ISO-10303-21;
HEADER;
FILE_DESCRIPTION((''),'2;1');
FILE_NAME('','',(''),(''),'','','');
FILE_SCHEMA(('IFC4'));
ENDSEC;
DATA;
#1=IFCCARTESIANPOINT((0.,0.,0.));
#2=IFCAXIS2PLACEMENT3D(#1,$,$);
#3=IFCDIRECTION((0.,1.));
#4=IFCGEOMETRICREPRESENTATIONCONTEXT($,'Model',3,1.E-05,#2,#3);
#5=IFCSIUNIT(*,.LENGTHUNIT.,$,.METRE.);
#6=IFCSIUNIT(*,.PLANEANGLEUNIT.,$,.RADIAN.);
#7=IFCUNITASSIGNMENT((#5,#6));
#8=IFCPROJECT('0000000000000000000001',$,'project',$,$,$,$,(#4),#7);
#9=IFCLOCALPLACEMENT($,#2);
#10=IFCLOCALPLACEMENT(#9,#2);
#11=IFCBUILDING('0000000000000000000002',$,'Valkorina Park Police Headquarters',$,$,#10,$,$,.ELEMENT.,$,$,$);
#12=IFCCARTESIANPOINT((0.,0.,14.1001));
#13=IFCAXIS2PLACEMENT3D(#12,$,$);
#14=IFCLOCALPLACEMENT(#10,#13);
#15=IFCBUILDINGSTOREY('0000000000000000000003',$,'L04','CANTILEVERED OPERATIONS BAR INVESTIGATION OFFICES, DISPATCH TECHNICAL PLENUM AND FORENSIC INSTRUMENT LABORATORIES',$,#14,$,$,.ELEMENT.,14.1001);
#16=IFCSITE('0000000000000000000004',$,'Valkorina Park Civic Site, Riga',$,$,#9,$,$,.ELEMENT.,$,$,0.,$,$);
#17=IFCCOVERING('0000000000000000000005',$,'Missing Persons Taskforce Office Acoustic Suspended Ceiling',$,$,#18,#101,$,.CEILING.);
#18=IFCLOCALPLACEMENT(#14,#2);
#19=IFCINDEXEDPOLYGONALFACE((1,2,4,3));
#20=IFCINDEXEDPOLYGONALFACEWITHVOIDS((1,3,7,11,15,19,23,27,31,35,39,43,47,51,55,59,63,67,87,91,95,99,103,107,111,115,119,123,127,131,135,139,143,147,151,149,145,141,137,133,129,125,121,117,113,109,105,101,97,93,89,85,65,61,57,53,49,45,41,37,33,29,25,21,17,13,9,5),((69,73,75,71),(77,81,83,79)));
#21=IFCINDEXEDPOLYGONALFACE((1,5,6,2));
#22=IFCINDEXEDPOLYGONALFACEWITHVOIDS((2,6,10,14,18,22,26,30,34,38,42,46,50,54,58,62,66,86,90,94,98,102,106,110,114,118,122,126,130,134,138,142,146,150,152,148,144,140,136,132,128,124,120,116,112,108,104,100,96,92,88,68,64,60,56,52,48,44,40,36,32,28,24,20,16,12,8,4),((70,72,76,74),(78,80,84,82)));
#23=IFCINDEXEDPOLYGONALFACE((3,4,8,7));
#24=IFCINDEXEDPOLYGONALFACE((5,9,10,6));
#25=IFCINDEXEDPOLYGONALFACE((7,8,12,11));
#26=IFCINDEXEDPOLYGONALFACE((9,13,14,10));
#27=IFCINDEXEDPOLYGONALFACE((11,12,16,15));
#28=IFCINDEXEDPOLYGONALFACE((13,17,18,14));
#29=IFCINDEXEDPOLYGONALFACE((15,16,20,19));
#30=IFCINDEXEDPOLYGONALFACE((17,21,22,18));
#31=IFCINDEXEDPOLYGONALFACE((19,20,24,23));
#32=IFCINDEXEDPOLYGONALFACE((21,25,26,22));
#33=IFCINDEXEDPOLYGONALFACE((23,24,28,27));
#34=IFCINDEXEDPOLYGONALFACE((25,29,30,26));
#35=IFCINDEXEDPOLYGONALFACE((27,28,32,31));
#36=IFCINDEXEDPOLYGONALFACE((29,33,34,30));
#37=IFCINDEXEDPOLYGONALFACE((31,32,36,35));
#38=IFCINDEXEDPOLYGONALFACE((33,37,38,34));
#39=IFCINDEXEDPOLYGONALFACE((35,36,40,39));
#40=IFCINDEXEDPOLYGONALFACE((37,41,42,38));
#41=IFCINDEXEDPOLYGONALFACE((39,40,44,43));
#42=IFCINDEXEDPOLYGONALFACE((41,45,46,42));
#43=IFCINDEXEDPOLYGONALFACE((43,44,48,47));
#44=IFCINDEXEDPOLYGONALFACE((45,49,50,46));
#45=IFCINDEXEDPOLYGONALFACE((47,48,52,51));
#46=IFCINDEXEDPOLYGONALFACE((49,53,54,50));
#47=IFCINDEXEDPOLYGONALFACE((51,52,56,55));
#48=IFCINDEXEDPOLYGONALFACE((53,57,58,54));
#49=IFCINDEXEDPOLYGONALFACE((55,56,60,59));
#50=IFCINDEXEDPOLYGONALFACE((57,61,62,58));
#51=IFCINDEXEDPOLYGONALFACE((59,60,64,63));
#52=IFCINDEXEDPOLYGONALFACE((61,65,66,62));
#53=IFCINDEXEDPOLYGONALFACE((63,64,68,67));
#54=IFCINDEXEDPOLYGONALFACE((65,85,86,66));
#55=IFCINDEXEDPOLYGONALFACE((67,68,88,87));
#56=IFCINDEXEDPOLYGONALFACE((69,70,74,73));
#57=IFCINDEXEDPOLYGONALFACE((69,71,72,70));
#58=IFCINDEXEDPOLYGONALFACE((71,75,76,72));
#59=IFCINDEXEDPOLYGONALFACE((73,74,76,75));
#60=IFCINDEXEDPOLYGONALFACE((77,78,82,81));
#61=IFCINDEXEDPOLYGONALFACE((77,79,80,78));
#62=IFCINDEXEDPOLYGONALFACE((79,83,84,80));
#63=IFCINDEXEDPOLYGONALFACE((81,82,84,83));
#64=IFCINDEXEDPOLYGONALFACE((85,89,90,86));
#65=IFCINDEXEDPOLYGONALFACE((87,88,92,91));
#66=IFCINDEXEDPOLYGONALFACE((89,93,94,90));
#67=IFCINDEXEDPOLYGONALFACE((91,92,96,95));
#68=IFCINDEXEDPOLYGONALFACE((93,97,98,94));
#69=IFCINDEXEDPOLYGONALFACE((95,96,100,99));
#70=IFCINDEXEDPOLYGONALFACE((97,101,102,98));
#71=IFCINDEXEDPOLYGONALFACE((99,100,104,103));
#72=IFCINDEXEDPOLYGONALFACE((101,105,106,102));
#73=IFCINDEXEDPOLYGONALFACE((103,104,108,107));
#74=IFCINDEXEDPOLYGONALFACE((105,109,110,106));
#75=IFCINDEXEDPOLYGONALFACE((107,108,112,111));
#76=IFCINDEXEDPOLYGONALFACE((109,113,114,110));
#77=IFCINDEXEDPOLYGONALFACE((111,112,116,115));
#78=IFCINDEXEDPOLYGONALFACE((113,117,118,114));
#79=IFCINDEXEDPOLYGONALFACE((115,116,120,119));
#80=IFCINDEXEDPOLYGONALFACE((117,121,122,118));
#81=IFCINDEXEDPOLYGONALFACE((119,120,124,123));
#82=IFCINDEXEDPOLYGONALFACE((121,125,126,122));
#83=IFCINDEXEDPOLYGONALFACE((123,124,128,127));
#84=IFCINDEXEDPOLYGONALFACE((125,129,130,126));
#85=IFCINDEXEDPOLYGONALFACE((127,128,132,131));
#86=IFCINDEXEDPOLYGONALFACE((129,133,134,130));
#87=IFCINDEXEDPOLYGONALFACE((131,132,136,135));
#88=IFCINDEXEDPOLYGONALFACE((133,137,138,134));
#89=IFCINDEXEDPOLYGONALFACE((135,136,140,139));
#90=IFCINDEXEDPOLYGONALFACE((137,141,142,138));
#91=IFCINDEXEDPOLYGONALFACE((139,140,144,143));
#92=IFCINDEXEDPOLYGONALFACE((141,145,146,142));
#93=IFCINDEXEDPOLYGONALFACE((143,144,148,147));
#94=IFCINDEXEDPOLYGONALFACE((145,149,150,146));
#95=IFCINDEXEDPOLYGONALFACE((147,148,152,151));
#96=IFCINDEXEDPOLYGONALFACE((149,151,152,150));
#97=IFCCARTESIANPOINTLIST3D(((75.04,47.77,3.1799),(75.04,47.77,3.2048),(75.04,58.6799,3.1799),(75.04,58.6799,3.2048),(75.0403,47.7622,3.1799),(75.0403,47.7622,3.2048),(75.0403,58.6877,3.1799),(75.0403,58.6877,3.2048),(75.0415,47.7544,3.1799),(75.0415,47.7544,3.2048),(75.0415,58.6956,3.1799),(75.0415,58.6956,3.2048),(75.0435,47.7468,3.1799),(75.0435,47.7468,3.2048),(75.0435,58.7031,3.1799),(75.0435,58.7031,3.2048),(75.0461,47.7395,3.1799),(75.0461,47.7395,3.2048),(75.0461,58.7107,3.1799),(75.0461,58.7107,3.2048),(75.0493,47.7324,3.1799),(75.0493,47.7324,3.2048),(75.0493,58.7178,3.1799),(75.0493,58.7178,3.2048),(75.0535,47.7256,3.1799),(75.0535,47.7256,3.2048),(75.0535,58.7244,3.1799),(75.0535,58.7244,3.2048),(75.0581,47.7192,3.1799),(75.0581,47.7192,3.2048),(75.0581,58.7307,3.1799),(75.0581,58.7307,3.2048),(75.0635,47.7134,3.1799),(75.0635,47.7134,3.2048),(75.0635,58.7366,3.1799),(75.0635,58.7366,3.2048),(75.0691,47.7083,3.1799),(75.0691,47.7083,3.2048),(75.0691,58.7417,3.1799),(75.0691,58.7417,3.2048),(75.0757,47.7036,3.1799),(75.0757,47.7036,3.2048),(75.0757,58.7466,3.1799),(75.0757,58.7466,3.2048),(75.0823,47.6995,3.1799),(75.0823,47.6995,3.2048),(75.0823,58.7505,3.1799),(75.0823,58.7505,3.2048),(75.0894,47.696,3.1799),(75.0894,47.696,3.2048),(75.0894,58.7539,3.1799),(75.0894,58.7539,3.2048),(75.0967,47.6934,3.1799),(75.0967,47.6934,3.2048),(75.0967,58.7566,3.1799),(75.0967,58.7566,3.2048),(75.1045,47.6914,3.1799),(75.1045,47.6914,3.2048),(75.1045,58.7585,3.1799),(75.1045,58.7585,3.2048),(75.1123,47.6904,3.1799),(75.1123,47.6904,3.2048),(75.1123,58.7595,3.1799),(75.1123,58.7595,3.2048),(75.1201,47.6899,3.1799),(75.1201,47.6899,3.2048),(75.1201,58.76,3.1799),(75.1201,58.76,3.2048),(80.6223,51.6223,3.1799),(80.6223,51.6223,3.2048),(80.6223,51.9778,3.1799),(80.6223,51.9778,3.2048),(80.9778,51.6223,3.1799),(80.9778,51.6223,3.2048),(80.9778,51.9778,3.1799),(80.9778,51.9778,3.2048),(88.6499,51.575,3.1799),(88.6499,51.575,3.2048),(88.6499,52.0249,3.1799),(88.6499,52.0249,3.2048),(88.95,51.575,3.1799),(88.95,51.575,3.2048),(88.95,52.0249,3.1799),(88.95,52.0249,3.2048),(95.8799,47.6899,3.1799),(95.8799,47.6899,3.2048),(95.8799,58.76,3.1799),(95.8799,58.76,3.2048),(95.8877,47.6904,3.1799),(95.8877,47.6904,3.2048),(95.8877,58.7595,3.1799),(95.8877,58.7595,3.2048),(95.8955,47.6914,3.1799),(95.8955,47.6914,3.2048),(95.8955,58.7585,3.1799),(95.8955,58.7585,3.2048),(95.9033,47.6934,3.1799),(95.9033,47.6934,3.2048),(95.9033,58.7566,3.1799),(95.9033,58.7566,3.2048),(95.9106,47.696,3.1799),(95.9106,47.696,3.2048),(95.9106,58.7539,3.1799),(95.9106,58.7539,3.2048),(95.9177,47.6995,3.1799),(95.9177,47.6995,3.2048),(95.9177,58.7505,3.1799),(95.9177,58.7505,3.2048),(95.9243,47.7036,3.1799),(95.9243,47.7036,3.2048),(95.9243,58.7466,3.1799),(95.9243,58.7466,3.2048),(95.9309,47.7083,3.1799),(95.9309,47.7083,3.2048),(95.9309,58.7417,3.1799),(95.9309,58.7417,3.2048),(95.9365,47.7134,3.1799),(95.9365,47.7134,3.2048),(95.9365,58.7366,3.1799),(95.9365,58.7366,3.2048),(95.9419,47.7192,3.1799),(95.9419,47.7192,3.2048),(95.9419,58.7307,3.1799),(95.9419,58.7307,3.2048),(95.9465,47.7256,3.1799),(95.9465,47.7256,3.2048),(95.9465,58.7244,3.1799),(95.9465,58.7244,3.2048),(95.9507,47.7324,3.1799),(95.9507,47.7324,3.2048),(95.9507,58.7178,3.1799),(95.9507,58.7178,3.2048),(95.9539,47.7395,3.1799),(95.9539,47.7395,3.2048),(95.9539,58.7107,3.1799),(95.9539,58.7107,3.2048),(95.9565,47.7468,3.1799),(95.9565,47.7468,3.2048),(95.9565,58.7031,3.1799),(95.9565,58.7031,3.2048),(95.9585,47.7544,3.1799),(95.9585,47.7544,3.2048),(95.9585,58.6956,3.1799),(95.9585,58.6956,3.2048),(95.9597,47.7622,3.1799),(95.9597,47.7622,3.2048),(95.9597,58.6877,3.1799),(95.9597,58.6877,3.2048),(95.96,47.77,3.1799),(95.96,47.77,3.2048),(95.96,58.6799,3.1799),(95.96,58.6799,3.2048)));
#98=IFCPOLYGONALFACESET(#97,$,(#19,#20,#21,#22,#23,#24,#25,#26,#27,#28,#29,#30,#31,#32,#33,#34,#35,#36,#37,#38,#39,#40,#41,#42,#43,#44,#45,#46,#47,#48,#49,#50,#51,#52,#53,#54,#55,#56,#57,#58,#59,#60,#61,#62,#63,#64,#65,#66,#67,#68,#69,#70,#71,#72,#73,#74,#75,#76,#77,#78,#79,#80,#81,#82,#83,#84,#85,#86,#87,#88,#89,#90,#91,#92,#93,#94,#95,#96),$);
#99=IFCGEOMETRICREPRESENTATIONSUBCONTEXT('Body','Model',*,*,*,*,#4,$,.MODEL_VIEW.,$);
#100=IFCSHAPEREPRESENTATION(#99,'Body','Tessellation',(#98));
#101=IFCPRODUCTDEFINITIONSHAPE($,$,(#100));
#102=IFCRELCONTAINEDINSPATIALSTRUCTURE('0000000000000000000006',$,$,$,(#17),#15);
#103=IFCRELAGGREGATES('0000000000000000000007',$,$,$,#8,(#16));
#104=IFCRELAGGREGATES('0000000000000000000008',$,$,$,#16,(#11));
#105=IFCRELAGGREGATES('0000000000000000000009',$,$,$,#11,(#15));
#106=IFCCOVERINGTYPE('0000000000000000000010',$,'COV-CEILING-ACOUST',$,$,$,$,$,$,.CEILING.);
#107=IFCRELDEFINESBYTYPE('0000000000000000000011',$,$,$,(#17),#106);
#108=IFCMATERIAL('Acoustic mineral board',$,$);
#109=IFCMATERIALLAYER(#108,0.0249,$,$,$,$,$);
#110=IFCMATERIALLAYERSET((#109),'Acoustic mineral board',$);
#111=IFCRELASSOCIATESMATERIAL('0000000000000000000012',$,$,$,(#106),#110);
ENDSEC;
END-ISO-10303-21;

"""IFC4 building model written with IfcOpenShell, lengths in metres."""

from ifc_helpers import new_model, si_unit, direction, frame, origin, place, context, subcontext, project, spatial, polyline, outline, extrude, material, layer, layer_set, type_object, element, save


model = new_model("IFC4")

# Units and contexts
model_context = context("Model", 3, precision=1e-05, world=origin(), true_north=direction((0.0, 1.0)))
body_context = subcontext(model_context, "Body", "Model", "MODEL_VIEW")
ifc_project = project(units=[si_unit("LENGTHUNIT", "METRE"), si_unit("PLANEANGLEUNIT", "RADIAN")], contexts=[model_context])

# Site, building, storey
site_placement = place(None, origin())
site = spatial("IfcSite", under=ifc_project, at=site_placement, Name="Valkorina Park Civic Site, Riga", CompositionType="ELEMENT", RefElevation=0.0)
building_placement = place(site_placement, origin())
building = spatial("IfcBuilding", under=site, at=building_placement, Name="Valkorina Park Police Headquarters", CompositionType="ELEMENT")
storey_placement = place(building_placement, frame((0.0, 0.0, 14.1001)))
storey = spatial("IfcBuildingStorey", under=building, at=storey_placement, Name="L04", Description="CANTILEVERED OPERATIONS BAR INVESTIGATION OFFICES, DISPATCH TECHNICAL PLENUM AND FORENSIC INSTRUMENT LABORATORIES", CompositionType="ELEMENT", Elevation=14.1001)

# Covering
ifc_material_1 = material(Name="Acoustic mineral board")
ifc_layer_1 = layer(ifc_material_1, 0.0249)
ifc_layer_set_1 = layer_set([ifc_layer_1], Name="Acoustic mineral board")
covering_type_1 = type_object("IfcCoveringType", Name="COV-CEILING-ACOUST", PredefinedType="CEILING", material=ifc_layer_set_1)
covering_1_placement = place(storey_placement, frame((0.0, 0.0, 3.1799)))
element("IfcCovering", 1, at=covering_1_placement, inside=storey, type_object=covering_type_1, Name="Missing Persons Taskforce Office Acoustic Suspended Ceiling", PredefinedType="CEILING", context=body_context, shape_type="SweptSolid", body=[
    extrude(outline(polyline([(95.9585, 47.7544), (95.9597, 47.7622), (95.96, 47.77), (95.96, 58.6799), (95.9597, 58.6877), (95.9585, 58.6956), (95.9565, 58.7031), (95.9539, 58.7107), (95.9507, 58.7178), (95.9465, 58.7244), (95.9419, 58.7307), (95.9365, 58.7366), (95.9309, 58.7417), (95.9243, 58.7466), (95.9177, 58.7505), (95.9106, 58.7539), (95.9033, 58.7566), (95.8955, 58.7585), (95.8877, 58.7595), (95.8799, 58.76), (75.1201, 58.76), (75.1123, 58.7595), (75.1045, 58.7585), (75.0967, 58.7566), (75.0894, 58.7539), (75.0823, 58.7505), (75.0757, 58.7466), (75.0691, 58.7417), (75.0635, 58.7366), (75.0581, 58.7307), (75.0535, 58.7244), (75.0493, 58.7178), (75.0461, 58.7107), (75.0435, 58.7031), (75.0415, 58.6956), (75.0403, 58.6877), (75.04, 58.6799), (75.04, 47.77), (75.0403, 47.7622), (75.0415, 47.7544), (75.0435, 47.7468), (75.0461, 47.7395), (75.0493, 47.7324), (75.0535, 47.7256), (75.0581, 47.7192), (75.0635, 47.7134), (75.0691, 47.7083), (75.0757, 47.7036), (75.0823, 47.6995), (75.0894, 47.696), (75.0967, 47.6934), (75.1045, 47.6914), (75.1123, 47.6904), (75.1201, 47.6899), (95.8799, 47.6899), (95.8877, 47.6904), (95.8955, 47.6914), (95.9033, 47.6934), (95.9106, 47.696), (95.9177, 47.6995), (95.9243, 47.7036), (95.9309, 47.7083), (95.9365, 47.7134), (95.9419, 47.7192), (95.9465, 47.7256), (95.9507, 47.7324), (95.9539, 47.7395), (95.9565, 47.7468), (95.9585, 47.7544)]), holes=[polyline([(88.95, 52.0249), (88.95, 51.575), (88.6499, 51.575), (88.6499, 52.0249), (88.95, 52.0249)]), polyline([(80.9778, 51.9778), (80.9778, 51.6223), (80.6223, 51.6223), (80.6223, 51.9778), (80.9778, 51.9778)])]), origin(), (0.0, 0.0, 1.0), 0.0249),
])

save(model, "model.ifc")
